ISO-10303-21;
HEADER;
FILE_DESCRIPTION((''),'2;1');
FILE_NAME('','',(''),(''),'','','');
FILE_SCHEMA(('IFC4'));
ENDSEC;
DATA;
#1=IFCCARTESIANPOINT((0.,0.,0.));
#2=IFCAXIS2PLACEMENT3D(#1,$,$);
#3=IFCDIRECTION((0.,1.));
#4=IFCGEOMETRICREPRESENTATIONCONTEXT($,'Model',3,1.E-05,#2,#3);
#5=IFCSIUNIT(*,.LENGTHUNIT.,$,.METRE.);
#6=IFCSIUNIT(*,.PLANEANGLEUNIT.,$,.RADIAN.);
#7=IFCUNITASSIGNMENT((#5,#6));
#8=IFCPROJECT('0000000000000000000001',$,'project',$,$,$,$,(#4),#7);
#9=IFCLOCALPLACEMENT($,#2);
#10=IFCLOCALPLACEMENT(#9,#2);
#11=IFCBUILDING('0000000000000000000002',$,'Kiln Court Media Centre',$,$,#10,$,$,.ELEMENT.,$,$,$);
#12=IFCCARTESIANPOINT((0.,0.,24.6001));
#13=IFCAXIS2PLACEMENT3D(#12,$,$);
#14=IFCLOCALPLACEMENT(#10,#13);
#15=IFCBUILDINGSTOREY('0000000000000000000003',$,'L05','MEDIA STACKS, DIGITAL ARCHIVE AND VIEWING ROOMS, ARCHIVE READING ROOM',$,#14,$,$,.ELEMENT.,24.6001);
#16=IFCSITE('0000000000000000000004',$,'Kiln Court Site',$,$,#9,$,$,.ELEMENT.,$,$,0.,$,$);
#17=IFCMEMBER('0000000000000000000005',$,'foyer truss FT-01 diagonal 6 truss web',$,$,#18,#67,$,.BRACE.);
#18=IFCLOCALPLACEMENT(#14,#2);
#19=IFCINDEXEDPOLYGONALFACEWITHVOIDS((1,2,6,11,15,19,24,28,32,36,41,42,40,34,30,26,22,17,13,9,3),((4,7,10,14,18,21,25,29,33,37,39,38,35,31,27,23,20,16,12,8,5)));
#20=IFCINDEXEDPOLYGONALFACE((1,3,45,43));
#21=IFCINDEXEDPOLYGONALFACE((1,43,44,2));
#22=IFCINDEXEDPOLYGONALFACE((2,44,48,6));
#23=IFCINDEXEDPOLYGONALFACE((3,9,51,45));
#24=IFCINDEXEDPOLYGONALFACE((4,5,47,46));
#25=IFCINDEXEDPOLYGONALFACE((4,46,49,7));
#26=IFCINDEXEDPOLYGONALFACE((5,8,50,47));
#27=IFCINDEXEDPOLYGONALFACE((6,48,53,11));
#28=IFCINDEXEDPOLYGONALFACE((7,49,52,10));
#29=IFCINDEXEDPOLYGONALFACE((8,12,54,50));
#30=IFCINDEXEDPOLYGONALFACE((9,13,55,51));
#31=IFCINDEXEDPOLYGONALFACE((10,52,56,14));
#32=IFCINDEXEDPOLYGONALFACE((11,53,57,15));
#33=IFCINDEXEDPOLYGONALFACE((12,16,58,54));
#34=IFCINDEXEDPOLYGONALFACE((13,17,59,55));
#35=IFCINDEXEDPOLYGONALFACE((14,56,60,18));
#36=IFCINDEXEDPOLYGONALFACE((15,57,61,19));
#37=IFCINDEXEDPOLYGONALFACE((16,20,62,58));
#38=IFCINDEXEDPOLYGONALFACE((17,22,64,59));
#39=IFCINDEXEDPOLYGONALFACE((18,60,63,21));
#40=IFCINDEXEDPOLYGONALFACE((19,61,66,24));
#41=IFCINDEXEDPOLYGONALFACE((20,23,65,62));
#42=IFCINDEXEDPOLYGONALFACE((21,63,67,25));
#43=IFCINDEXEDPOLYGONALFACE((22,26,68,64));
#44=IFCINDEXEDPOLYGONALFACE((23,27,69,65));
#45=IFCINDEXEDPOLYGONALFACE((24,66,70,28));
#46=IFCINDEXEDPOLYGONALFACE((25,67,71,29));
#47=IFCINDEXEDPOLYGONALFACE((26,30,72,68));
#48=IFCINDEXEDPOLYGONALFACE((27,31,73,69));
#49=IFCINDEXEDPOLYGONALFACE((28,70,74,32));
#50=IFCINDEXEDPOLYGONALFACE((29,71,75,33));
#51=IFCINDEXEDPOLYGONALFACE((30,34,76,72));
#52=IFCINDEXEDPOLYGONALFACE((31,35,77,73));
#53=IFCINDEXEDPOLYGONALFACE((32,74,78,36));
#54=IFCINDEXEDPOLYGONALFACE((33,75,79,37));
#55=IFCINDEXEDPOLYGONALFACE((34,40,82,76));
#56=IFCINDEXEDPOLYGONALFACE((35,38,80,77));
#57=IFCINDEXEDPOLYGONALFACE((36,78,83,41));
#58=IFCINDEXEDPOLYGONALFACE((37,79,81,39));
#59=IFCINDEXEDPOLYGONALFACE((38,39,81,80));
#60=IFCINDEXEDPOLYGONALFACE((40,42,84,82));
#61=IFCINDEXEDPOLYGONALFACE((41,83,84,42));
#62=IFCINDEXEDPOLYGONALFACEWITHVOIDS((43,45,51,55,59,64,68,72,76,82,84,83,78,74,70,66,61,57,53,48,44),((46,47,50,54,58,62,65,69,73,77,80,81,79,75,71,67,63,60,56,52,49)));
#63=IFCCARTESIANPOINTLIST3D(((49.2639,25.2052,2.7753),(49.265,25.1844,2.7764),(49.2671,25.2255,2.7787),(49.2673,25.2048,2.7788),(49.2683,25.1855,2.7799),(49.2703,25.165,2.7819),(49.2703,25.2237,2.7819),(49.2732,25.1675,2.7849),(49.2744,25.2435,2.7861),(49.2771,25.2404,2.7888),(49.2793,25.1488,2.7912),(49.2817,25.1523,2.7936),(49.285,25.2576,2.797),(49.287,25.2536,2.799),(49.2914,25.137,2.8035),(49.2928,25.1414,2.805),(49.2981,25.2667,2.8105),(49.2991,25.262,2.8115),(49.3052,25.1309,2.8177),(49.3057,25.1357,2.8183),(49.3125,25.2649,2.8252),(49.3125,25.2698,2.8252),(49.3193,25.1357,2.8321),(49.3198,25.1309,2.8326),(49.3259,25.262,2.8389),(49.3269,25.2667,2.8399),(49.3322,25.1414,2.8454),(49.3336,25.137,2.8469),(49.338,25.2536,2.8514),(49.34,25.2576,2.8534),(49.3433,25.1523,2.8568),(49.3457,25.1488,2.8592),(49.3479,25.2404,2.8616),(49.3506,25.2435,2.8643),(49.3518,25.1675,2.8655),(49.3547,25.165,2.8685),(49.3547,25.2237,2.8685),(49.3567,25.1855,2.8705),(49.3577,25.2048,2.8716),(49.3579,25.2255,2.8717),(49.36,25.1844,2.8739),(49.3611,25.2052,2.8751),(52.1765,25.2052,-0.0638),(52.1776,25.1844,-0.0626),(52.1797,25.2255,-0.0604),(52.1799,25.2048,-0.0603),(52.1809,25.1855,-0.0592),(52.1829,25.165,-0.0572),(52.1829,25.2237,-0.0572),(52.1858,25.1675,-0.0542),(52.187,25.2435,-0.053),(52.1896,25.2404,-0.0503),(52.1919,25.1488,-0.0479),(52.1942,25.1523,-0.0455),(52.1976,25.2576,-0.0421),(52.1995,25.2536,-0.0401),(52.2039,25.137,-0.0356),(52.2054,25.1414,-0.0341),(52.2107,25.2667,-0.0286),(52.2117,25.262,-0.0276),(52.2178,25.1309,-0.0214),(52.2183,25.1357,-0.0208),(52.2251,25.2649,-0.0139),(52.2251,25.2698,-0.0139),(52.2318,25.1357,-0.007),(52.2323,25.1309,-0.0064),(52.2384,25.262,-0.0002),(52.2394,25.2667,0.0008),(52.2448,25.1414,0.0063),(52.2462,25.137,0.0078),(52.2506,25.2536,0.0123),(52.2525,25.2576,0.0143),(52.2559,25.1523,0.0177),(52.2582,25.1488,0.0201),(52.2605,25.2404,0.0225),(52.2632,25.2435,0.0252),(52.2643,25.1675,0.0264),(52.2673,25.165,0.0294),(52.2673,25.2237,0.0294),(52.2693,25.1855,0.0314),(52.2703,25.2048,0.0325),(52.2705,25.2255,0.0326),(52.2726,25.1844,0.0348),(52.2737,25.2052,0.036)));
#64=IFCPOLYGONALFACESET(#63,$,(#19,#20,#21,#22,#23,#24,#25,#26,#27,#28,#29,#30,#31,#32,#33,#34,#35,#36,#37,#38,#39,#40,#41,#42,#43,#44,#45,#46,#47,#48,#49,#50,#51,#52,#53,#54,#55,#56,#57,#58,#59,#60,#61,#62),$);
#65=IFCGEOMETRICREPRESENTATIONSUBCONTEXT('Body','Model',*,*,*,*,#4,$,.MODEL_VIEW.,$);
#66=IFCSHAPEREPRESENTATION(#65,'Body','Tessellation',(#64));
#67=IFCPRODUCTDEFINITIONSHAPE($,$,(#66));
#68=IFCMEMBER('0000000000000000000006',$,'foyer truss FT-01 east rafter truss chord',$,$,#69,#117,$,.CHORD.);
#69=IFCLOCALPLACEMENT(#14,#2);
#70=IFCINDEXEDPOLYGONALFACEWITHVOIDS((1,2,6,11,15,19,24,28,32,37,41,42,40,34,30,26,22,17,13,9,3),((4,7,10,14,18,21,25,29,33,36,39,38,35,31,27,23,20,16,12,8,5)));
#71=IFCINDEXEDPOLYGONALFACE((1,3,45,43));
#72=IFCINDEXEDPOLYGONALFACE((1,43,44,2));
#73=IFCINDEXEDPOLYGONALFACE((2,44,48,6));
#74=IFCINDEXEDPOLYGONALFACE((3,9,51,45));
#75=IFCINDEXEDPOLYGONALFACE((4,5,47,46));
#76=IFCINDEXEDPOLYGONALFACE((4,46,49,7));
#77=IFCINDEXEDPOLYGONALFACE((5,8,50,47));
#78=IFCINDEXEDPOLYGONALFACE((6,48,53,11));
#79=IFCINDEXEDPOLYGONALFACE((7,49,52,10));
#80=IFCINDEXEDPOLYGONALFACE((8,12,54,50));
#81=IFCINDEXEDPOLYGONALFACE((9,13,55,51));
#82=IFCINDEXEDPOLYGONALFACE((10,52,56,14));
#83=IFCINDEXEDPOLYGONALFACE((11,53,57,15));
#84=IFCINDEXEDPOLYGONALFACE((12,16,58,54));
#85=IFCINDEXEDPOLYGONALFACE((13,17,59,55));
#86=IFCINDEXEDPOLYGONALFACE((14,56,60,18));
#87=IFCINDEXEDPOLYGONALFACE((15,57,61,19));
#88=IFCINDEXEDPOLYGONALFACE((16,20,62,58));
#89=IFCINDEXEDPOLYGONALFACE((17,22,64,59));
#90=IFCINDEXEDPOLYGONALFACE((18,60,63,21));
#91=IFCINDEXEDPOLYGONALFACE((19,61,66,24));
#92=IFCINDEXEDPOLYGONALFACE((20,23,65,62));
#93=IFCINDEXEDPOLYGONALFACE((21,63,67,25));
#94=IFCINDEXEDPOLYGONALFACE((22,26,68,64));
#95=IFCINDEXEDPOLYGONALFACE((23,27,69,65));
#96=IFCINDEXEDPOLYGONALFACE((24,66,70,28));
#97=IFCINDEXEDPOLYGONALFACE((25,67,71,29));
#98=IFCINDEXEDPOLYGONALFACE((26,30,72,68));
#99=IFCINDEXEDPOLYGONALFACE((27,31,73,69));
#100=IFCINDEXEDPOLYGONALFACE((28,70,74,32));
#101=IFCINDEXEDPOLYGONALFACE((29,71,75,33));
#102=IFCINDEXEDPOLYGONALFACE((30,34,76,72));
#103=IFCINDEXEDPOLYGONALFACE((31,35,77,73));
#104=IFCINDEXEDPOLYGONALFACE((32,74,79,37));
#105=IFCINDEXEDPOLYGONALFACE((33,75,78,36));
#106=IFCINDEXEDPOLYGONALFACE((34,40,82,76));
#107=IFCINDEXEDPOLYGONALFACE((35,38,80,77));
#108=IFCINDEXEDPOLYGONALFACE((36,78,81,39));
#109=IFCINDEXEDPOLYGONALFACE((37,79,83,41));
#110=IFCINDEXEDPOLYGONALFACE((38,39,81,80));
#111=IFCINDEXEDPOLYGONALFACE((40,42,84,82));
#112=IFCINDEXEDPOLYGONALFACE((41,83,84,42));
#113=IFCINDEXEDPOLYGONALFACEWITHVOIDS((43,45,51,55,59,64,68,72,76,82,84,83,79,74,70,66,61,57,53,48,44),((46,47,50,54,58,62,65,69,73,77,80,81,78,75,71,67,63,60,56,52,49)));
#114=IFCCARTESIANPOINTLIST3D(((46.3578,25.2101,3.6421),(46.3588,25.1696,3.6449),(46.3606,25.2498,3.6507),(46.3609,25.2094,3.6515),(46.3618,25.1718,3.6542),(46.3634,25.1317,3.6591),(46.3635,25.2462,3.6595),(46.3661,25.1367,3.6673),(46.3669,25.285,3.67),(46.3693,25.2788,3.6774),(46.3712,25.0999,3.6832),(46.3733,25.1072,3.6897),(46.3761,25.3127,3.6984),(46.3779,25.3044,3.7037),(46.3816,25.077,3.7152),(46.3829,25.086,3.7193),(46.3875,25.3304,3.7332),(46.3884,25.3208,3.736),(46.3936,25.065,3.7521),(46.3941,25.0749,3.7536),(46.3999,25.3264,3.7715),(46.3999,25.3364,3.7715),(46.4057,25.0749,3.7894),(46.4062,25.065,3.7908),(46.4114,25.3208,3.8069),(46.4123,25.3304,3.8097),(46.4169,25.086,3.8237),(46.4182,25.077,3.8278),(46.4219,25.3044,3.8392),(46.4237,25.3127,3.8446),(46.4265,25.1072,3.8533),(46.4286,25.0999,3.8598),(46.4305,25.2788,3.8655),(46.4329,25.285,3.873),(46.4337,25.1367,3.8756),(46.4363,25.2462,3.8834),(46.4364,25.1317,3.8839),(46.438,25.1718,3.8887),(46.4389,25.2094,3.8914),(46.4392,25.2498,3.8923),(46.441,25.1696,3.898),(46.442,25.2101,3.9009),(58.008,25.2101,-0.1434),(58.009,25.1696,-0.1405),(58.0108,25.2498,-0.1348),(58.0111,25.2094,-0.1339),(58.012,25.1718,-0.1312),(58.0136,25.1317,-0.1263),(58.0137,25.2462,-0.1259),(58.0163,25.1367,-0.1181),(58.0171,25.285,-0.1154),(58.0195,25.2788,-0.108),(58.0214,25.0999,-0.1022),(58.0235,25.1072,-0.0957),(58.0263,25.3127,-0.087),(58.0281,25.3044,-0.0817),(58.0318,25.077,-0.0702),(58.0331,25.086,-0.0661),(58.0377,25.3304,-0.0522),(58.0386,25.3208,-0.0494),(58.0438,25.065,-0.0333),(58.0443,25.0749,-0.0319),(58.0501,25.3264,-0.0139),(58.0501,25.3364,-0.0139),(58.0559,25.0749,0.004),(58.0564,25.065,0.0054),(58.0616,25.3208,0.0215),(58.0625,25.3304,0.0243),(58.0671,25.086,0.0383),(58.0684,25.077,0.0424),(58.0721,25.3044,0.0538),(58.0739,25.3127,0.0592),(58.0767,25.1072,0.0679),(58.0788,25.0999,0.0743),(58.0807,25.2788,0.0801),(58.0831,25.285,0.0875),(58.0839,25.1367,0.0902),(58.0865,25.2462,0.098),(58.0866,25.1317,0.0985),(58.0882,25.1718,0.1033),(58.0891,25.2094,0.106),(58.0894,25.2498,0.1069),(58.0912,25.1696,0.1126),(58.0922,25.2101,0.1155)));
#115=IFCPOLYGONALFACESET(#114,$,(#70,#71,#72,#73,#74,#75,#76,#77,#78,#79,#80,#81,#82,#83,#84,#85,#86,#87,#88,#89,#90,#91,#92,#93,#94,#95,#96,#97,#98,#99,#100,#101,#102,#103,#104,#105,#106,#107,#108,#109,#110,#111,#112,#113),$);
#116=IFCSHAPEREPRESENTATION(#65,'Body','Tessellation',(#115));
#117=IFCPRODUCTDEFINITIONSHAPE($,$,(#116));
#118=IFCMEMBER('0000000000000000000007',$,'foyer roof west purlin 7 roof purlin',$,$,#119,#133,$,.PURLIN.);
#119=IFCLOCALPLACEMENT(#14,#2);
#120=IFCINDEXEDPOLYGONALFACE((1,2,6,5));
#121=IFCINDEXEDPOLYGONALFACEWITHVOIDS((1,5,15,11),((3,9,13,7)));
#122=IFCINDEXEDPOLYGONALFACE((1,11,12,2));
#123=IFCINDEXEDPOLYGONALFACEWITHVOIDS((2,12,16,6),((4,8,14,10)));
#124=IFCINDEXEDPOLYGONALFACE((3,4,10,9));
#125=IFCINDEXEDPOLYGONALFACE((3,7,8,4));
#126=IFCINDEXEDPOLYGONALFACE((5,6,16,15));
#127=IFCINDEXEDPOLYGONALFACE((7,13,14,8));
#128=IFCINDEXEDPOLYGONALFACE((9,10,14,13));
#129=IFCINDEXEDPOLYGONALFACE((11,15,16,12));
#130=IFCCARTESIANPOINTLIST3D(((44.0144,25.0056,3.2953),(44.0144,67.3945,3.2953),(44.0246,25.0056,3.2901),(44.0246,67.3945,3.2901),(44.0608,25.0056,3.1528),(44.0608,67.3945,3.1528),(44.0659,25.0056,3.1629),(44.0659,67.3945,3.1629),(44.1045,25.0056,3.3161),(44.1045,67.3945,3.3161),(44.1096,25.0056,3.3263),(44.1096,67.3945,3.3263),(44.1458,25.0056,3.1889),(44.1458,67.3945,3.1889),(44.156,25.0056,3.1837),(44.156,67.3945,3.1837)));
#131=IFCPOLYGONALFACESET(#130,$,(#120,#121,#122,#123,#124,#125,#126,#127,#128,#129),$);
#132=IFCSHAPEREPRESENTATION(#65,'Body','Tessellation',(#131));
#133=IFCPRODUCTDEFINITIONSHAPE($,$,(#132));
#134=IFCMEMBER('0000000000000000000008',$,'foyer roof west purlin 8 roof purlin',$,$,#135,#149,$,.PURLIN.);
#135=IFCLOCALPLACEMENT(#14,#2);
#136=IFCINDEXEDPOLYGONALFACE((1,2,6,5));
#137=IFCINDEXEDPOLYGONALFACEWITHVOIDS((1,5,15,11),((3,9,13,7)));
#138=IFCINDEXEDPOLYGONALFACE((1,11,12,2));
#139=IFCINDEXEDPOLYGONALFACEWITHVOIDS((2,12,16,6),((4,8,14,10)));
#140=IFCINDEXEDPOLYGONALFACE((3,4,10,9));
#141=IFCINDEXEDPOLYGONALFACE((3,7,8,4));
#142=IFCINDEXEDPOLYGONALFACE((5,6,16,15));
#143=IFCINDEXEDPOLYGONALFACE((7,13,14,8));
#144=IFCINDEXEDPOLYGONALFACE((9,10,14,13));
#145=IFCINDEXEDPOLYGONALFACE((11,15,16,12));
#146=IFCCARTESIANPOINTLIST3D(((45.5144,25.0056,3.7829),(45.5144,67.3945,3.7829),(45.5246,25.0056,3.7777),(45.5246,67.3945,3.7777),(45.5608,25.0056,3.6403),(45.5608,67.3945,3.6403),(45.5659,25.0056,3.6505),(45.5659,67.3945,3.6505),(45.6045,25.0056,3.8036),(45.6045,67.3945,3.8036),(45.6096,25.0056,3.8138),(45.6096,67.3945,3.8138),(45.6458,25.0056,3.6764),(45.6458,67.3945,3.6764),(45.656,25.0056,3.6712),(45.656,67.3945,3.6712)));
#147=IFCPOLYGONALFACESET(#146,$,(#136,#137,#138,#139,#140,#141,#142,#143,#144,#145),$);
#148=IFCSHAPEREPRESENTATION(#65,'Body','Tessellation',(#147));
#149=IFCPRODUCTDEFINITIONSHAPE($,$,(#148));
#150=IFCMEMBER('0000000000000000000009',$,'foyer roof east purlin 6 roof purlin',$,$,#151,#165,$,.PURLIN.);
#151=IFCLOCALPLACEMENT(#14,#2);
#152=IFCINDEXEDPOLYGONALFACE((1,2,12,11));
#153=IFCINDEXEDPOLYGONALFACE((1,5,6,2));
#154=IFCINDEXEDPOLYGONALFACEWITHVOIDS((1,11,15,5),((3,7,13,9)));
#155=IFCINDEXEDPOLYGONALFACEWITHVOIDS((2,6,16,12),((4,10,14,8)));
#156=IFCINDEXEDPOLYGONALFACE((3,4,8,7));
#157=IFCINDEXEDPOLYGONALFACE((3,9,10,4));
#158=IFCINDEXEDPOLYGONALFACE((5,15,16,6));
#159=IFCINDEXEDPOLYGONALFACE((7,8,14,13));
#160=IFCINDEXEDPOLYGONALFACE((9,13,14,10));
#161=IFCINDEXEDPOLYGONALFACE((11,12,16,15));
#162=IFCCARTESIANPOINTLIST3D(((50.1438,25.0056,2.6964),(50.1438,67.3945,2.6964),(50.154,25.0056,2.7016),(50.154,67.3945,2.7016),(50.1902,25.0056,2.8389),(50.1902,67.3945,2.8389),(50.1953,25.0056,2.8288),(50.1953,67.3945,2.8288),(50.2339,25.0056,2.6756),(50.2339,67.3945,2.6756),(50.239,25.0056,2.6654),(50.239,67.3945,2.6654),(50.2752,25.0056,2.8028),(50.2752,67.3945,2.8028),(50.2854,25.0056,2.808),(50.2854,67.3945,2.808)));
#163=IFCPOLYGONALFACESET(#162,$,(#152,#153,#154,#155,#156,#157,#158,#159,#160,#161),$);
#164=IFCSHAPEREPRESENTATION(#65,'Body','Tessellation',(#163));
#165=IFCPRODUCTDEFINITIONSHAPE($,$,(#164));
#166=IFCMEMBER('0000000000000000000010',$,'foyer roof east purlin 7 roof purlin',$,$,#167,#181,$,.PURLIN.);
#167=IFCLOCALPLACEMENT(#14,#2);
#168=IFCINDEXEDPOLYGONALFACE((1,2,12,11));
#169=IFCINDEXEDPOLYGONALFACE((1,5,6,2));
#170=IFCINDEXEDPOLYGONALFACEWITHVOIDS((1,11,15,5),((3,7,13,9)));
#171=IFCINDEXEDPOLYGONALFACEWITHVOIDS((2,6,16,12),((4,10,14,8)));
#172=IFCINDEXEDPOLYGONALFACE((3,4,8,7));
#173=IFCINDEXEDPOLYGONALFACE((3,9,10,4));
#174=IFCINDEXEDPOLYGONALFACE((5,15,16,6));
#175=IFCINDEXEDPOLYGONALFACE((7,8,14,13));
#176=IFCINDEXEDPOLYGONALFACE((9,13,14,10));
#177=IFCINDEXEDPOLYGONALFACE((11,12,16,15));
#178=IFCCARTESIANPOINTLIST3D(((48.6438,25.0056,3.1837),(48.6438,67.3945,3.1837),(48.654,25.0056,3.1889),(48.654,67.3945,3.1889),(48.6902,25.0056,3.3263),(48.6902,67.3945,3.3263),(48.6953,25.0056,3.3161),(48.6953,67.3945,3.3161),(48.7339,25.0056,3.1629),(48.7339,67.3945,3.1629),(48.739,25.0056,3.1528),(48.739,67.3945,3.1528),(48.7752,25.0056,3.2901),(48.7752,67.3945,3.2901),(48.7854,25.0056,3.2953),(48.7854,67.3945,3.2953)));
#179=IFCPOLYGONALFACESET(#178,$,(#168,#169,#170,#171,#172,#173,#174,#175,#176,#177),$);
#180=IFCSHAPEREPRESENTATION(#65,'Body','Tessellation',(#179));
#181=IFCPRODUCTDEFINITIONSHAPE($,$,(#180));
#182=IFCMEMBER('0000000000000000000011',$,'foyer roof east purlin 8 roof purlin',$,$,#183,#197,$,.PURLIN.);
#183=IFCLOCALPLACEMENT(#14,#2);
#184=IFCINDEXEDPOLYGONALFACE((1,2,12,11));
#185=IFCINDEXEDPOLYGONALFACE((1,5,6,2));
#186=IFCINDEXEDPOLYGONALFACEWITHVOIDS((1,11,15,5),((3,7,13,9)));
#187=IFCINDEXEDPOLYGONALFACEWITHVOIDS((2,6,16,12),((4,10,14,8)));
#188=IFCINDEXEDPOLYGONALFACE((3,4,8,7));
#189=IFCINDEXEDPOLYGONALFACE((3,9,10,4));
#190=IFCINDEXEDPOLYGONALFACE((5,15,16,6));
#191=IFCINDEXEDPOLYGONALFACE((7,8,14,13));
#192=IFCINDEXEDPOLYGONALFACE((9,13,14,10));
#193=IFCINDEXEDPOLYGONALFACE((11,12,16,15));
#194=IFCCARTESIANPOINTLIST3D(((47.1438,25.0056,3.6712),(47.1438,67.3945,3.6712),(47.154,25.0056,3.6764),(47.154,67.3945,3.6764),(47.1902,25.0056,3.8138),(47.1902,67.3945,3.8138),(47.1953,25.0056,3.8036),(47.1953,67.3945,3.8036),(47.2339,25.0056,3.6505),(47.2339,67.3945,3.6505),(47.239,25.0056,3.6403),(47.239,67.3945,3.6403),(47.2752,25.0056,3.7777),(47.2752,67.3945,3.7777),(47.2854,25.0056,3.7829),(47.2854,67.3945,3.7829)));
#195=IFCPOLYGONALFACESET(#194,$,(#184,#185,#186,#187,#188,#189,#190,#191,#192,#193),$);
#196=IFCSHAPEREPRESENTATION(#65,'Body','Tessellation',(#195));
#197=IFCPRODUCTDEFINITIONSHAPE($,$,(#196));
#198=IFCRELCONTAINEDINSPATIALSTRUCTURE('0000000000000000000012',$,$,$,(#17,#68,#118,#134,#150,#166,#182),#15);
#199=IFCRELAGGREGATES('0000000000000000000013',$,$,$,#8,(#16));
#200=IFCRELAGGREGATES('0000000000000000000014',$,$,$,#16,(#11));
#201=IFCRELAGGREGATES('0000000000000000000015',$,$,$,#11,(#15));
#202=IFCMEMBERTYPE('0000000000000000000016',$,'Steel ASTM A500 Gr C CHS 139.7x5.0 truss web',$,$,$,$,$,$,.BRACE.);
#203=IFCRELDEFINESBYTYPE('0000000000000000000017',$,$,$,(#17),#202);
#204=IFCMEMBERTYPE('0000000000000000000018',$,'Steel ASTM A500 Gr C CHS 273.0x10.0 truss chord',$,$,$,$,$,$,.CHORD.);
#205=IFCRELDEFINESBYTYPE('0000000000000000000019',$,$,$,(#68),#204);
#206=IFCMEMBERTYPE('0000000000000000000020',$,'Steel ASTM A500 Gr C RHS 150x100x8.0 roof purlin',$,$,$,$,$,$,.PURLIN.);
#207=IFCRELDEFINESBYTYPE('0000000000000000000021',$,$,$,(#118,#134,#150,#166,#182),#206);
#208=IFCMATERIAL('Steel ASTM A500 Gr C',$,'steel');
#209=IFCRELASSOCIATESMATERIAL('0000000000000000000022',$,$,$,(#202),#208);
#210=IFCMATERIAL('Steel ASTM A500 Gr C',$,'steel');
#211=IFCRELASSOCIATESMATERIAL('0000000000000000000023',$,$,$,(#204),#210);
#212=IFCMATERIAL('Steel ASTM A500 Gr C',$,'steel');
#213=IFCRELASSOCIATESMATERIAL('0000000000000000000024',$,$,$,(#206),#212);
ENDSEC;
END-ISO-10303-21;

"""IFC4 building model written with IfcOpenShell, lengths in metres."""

from ifc_helpers import new_model, si_unit, direction, frame, origin, origin_2d, place, context, subcontext, project, spatial, hollow_rectangle, hollow_circle, extrude, material, material_profile, profile_set, type_object, element, save


model = new_model("IFC4")

# Units and contexts
model_context = context("Model", 3, precision=1e-05, world=origin(), true_north=direction((0.0, 1.0)))
body_context = subcontext(model_context, "Body", "Model", "MODEL_VIEW")
ifc_project = project(units=[si_unit("LENGTHUNIT", "METRE"), si_unit("PLANEANGLEUNIT", "RADIAN")], contexts=[model_context])

# Site, building, storey
site_placement = place(None, origin())
site = spatial("IfcSite", under=ifc_project, at=site_placement, Name="Kiln Court Site", CompositionType="ELEMENT", RefElevation=0.0)
building_placement = place(site_placement, origin())
building = spatial("IfcBuilding", under=site, at=building_placement, Name="Kiln Court Media Centre", CompositionType="ELEMENT")
storey_placement = place(building_placement, frame((0.0, 0.0, 24.6001)))
storey = spatial("IfcBuildingStorey", under=building, at=storey_placement, Name="L05", Description="MEDIA STACKS, DIGITAL ARCHIVE AND VIEWING ROOMS, ARCHIVE READING ROOM", CompositionType="ELEMENT", Elevation=24.6001)

# Members
ifc_material_1 = material(Name="Steel ASTM A500 Gr C", Category="steel")
ifc_material_profile_1 = material_profile(ifc_material_1, hollow_circle(Radius=0.0698, WallThickness=0.0049, at=origin_2d()), Name="CHS 139.7x5.0")
ifc_profile_set_1 = profile_set([ifc_material_profile_1], Name="Steel ASTM A500 Gr C")
member_type_1 = type_object("IfcMemberType", Name="Steel ASTM A500 Gr C CHS 139.7x5.0 truss web", PredefinedType="BRACE", material=ifc_profile_set_1)
member_1_placement = place(storey_placement, frame((49.3125, 25.2, 2.8252), z_axis=(0.716083, 0.0, -0.698016), x_axis=(0.0, 1.0, 0.0)))
element("IfcMember", 1, at=member_1_placement, inside=storey, type_object=member_type_1, Name="foyer truss FT-01 diagonal 6 truss web", PredefinedType="BRACE", context=body_context, shape_type="SweptSolid", body=[
    extrude(hollow_circle(Radius=0.0698, WallThickness=0.0049, at=origin_2d()), origin(), (0.0, 0.0, 1.0), 4.0674),
])
ifc_material_2 = material(Name="Steel ASTM A500 Gr C", Category="steel")
ifc_material_profile_2 = material_profile(ifc_material_2, hollow_circle(Radius=0.1365, WallThickness=0.01, at=origin_2d()), Name="CHS 273.0x10.0")
ifc_profile_set_2 = profile_set([ifc_material_profile_2], Name="Steel ASTM A500 Gr C")
member_type_2 = type_object("IfcMemberType", Name="Steel ASTM A500 Gr C CHS 273.0x10.0 truss chord", PredefinedType="CHORD", material=ifc_profile_set_2)
member_2_placement = place(storey_placement, frame((46.3999, 25.2, 3.7715), z_axis=(0.951056, 0.0, -0.30902), x_axis=(0.0, 1.0, 0.0)))
element("IfcMember", 2, at=member_2_placement, inside=storey, type_object=member_type_2, Name="foyer truss FT-01 east rafter truss chord", PredefinedType="CHORD", context=body_context, shape_type="SweptSolid", body=[
    extrude(hollow_circle(Radius=0.1365, WallThickness=0.01, at=origin_2d()), origin(), (0.0, 0.0, 1.0), 12.2498),
])
ifc_material_3 = material(Name="Steel ASTM A500 Gr C", Category="steel")
ifc_material_profile_3 = material_profile(ifc_material_3, hollow_rectangle(XDim=0.1001, YDim=0.1499, WallThickness=0.0081, at=origin_2d()), Name="RHS 150x100x8.0")
ifc_profile_set_3 = profile_set([ifc_material_profile_3], Name="Steel ASTM A500 Gr C")
member_type_3 = type_object("IfcMemberType", Name="Steel ASTM A500 Gr C RHS 150x100x8.0 roof purlin", PredefinedType="PURLIN", material=ifc_profile_set_3)
for number, where, z_axis, x_axis, name in (
    (3, (44.0852, 25.0056, 3.2395), (0.0, 1.0, 0.0), (-0.951057, 0.0, -0.309017), "foyer roof west purlin 7 roof purlin"),
    (4, (45.5852, 25.0056, 3.7271), (0.0, 1.0, 0.0), (-0.951057, 0.0, -0.309017), "foyer roof west purlin 8 roof purlin"),
    (5, (50.2146, 25.0056, 2.7522), (0.0, 1.0, 0.0), (-0.951057, 0.0, 0.309017), "foyer roof east purlin 6 roof purlin"),
    (6, (48.7146, 25.0056, 3.2395), (0.0, 1.0, 0.0), (-0.951057, 0.0, 0.309017), "foyer roof east purlin 7 roof purlin"),
    (7, (47.2146, 25.0056, 3.7271), (0.0, 1.0, 0.0), (-0.951057, 0.0, 0.309017), "foyer roof east purlin 8 roof purlin"),
):
    element("IfcMember", number, at=place(storey_placement, frame(where, z_axis=z_axis, x_axis=x_axis)), inside=storey, type_object=member_type_3, Name=name, PredefinedType="PURLIN", context=body_context, shape_type="SweptSolid", body=[
        extrude(hollow_rectangle(XDim=0.1001, YDim=0.1499, WallThickness=0.0081, at=origin_2d()), origin(), (0.0, 0.0, 1.0), 42.3889),
    ])

save(model, "model.ifc")
